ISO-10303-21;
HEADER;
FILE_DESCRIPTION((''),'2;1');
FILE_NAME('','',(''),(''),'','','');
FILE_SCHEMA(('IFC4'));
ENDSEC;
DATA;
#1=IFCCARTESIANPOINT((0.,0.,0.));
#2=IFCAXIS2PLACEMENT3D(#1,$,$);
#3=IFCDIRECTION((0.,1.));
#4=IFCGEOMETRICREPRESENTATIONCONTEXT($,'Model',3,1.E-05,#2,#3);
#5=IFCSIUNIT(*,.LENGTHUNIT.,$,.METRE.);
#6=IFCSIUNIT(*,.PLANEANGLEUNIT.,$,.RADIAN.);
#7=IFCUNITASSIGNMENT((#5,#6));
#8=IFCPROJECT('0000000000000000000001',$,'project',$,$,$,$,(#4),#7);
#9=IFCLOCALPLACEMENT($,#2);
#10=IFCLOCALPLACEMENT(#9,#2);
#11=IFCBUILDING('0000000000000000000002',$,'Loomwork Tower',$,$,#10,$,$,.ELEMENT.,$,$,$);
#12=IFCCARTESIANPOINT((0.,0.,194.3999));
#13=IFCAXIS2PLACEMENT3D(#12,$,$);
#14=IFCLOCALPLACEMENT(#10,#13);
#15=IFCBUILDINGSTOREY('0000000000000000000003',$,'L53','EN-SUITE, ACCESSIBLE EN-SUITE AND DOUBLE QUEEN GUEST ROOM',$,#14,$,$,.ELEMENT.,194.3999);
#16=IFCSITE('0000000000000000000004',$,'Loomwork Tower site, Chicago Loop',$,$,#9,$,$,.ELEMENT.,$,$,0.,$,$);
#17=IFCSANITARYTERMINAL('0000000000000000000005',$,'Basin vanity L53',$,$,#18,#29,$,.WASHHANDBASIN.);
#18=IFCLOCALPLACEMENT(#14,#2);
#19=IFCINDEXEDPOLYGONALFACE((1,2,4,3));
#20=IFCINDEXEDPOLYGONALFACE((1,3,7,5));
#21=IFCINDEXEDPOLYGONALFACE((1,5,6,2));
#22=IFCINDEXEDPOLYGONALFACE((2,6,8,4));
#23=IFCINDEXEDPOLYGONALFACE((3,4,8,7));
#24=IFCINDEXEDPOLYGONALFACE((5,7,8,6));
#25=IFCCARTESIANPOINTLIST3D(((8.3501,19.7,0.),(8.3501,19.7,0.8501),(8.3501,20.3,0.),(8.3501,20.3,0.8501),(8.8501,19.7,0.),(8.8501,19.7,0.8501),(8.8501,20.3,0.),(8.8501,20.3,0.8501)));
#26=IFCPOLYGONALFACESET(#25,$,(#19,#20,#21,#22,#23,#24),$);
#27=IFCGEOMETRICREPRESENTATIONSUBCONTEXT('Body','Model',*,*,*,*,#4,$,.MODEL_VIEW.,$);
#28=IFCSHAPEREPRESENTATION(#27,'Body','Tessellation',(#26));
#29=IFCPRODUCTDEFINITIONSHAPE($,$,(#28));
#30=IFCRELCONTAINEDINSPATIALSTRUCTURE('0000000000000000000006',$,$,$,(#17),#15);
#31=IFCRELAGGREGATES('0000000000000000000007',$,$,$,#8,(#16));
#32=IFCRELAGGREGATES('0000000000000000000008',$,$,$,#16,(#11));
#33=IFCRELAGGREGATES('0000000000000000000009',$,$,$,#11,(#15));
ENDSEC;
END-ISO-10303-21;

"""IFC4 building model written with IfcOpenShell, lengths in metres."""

from ifc_helpers import new_model, si_unit, direction, frame, origin, origin_2d, place, context, subcontext, project, spatial, rectangle, extrude, element, save


model = new_model("IFC4")

# Units and contexts
model_context = context("Model", 3, precision=1e-05, world=origin(), true_north=direction((0.0, 1.0)))
body_context = subcontext(model_context, "Body", "Model", "MODEL_VIEW")
ifc_project = project(units=[si_unit("LENGTHUNIT", "METRE"), si_unit("PLANEANGLEUNIT", "RADIAN")], contexts=[model_context])

# Site, building, storey
site_placement = place(None, origin())
site = spatial("IfcSite", under=ifc_project, at=site_placement, Name="Loomwork Tower site, Chicago Loop", CompositionType="ELEMENT", RefElevation=0.0)
building_placement = place(site_placement, origin())
building = spatial("IfcBuilding", under=site, at=building_placement, Name="Loomwork Tower", CompositionType="ELEMENT")
storey_placement = place(building_placement, frame((0.0, 0.0, 194.3999)))
storey = spatial("IfcBuildingStorey", under=building, at=storey_placement, Name="L53", Description="EN-SUITE, ACCESSIBLE EN-SUITE AND DOUBLE QUEEN GUEST ROOM", CompositionType="ELEMENT", Elevation=194.3999)

# Sanitary terminal
sanitary_terminal_placement = place(storey_placement, frame((8.6001, 20.0, 0.0), z_axis=(0.0, 0.0, 1.0), x_axis=(1.0, 0.0, 0.0)))
element("IfcSanitaryTerminal", 1, at=sanitary_terminal_placement, inside=storey, Name="Basin vanity L53", PredefinedType="WASHHANDBASIN", context=body_context, shape_type="SweptSolid", body=[
    extrude(rectangle(XDim=0.5, YDim=0.6001, at=origin_2d()), origin(), (0.0, 0.0, 1.0), 0.8501),
])

save(model, "model.ifc")
